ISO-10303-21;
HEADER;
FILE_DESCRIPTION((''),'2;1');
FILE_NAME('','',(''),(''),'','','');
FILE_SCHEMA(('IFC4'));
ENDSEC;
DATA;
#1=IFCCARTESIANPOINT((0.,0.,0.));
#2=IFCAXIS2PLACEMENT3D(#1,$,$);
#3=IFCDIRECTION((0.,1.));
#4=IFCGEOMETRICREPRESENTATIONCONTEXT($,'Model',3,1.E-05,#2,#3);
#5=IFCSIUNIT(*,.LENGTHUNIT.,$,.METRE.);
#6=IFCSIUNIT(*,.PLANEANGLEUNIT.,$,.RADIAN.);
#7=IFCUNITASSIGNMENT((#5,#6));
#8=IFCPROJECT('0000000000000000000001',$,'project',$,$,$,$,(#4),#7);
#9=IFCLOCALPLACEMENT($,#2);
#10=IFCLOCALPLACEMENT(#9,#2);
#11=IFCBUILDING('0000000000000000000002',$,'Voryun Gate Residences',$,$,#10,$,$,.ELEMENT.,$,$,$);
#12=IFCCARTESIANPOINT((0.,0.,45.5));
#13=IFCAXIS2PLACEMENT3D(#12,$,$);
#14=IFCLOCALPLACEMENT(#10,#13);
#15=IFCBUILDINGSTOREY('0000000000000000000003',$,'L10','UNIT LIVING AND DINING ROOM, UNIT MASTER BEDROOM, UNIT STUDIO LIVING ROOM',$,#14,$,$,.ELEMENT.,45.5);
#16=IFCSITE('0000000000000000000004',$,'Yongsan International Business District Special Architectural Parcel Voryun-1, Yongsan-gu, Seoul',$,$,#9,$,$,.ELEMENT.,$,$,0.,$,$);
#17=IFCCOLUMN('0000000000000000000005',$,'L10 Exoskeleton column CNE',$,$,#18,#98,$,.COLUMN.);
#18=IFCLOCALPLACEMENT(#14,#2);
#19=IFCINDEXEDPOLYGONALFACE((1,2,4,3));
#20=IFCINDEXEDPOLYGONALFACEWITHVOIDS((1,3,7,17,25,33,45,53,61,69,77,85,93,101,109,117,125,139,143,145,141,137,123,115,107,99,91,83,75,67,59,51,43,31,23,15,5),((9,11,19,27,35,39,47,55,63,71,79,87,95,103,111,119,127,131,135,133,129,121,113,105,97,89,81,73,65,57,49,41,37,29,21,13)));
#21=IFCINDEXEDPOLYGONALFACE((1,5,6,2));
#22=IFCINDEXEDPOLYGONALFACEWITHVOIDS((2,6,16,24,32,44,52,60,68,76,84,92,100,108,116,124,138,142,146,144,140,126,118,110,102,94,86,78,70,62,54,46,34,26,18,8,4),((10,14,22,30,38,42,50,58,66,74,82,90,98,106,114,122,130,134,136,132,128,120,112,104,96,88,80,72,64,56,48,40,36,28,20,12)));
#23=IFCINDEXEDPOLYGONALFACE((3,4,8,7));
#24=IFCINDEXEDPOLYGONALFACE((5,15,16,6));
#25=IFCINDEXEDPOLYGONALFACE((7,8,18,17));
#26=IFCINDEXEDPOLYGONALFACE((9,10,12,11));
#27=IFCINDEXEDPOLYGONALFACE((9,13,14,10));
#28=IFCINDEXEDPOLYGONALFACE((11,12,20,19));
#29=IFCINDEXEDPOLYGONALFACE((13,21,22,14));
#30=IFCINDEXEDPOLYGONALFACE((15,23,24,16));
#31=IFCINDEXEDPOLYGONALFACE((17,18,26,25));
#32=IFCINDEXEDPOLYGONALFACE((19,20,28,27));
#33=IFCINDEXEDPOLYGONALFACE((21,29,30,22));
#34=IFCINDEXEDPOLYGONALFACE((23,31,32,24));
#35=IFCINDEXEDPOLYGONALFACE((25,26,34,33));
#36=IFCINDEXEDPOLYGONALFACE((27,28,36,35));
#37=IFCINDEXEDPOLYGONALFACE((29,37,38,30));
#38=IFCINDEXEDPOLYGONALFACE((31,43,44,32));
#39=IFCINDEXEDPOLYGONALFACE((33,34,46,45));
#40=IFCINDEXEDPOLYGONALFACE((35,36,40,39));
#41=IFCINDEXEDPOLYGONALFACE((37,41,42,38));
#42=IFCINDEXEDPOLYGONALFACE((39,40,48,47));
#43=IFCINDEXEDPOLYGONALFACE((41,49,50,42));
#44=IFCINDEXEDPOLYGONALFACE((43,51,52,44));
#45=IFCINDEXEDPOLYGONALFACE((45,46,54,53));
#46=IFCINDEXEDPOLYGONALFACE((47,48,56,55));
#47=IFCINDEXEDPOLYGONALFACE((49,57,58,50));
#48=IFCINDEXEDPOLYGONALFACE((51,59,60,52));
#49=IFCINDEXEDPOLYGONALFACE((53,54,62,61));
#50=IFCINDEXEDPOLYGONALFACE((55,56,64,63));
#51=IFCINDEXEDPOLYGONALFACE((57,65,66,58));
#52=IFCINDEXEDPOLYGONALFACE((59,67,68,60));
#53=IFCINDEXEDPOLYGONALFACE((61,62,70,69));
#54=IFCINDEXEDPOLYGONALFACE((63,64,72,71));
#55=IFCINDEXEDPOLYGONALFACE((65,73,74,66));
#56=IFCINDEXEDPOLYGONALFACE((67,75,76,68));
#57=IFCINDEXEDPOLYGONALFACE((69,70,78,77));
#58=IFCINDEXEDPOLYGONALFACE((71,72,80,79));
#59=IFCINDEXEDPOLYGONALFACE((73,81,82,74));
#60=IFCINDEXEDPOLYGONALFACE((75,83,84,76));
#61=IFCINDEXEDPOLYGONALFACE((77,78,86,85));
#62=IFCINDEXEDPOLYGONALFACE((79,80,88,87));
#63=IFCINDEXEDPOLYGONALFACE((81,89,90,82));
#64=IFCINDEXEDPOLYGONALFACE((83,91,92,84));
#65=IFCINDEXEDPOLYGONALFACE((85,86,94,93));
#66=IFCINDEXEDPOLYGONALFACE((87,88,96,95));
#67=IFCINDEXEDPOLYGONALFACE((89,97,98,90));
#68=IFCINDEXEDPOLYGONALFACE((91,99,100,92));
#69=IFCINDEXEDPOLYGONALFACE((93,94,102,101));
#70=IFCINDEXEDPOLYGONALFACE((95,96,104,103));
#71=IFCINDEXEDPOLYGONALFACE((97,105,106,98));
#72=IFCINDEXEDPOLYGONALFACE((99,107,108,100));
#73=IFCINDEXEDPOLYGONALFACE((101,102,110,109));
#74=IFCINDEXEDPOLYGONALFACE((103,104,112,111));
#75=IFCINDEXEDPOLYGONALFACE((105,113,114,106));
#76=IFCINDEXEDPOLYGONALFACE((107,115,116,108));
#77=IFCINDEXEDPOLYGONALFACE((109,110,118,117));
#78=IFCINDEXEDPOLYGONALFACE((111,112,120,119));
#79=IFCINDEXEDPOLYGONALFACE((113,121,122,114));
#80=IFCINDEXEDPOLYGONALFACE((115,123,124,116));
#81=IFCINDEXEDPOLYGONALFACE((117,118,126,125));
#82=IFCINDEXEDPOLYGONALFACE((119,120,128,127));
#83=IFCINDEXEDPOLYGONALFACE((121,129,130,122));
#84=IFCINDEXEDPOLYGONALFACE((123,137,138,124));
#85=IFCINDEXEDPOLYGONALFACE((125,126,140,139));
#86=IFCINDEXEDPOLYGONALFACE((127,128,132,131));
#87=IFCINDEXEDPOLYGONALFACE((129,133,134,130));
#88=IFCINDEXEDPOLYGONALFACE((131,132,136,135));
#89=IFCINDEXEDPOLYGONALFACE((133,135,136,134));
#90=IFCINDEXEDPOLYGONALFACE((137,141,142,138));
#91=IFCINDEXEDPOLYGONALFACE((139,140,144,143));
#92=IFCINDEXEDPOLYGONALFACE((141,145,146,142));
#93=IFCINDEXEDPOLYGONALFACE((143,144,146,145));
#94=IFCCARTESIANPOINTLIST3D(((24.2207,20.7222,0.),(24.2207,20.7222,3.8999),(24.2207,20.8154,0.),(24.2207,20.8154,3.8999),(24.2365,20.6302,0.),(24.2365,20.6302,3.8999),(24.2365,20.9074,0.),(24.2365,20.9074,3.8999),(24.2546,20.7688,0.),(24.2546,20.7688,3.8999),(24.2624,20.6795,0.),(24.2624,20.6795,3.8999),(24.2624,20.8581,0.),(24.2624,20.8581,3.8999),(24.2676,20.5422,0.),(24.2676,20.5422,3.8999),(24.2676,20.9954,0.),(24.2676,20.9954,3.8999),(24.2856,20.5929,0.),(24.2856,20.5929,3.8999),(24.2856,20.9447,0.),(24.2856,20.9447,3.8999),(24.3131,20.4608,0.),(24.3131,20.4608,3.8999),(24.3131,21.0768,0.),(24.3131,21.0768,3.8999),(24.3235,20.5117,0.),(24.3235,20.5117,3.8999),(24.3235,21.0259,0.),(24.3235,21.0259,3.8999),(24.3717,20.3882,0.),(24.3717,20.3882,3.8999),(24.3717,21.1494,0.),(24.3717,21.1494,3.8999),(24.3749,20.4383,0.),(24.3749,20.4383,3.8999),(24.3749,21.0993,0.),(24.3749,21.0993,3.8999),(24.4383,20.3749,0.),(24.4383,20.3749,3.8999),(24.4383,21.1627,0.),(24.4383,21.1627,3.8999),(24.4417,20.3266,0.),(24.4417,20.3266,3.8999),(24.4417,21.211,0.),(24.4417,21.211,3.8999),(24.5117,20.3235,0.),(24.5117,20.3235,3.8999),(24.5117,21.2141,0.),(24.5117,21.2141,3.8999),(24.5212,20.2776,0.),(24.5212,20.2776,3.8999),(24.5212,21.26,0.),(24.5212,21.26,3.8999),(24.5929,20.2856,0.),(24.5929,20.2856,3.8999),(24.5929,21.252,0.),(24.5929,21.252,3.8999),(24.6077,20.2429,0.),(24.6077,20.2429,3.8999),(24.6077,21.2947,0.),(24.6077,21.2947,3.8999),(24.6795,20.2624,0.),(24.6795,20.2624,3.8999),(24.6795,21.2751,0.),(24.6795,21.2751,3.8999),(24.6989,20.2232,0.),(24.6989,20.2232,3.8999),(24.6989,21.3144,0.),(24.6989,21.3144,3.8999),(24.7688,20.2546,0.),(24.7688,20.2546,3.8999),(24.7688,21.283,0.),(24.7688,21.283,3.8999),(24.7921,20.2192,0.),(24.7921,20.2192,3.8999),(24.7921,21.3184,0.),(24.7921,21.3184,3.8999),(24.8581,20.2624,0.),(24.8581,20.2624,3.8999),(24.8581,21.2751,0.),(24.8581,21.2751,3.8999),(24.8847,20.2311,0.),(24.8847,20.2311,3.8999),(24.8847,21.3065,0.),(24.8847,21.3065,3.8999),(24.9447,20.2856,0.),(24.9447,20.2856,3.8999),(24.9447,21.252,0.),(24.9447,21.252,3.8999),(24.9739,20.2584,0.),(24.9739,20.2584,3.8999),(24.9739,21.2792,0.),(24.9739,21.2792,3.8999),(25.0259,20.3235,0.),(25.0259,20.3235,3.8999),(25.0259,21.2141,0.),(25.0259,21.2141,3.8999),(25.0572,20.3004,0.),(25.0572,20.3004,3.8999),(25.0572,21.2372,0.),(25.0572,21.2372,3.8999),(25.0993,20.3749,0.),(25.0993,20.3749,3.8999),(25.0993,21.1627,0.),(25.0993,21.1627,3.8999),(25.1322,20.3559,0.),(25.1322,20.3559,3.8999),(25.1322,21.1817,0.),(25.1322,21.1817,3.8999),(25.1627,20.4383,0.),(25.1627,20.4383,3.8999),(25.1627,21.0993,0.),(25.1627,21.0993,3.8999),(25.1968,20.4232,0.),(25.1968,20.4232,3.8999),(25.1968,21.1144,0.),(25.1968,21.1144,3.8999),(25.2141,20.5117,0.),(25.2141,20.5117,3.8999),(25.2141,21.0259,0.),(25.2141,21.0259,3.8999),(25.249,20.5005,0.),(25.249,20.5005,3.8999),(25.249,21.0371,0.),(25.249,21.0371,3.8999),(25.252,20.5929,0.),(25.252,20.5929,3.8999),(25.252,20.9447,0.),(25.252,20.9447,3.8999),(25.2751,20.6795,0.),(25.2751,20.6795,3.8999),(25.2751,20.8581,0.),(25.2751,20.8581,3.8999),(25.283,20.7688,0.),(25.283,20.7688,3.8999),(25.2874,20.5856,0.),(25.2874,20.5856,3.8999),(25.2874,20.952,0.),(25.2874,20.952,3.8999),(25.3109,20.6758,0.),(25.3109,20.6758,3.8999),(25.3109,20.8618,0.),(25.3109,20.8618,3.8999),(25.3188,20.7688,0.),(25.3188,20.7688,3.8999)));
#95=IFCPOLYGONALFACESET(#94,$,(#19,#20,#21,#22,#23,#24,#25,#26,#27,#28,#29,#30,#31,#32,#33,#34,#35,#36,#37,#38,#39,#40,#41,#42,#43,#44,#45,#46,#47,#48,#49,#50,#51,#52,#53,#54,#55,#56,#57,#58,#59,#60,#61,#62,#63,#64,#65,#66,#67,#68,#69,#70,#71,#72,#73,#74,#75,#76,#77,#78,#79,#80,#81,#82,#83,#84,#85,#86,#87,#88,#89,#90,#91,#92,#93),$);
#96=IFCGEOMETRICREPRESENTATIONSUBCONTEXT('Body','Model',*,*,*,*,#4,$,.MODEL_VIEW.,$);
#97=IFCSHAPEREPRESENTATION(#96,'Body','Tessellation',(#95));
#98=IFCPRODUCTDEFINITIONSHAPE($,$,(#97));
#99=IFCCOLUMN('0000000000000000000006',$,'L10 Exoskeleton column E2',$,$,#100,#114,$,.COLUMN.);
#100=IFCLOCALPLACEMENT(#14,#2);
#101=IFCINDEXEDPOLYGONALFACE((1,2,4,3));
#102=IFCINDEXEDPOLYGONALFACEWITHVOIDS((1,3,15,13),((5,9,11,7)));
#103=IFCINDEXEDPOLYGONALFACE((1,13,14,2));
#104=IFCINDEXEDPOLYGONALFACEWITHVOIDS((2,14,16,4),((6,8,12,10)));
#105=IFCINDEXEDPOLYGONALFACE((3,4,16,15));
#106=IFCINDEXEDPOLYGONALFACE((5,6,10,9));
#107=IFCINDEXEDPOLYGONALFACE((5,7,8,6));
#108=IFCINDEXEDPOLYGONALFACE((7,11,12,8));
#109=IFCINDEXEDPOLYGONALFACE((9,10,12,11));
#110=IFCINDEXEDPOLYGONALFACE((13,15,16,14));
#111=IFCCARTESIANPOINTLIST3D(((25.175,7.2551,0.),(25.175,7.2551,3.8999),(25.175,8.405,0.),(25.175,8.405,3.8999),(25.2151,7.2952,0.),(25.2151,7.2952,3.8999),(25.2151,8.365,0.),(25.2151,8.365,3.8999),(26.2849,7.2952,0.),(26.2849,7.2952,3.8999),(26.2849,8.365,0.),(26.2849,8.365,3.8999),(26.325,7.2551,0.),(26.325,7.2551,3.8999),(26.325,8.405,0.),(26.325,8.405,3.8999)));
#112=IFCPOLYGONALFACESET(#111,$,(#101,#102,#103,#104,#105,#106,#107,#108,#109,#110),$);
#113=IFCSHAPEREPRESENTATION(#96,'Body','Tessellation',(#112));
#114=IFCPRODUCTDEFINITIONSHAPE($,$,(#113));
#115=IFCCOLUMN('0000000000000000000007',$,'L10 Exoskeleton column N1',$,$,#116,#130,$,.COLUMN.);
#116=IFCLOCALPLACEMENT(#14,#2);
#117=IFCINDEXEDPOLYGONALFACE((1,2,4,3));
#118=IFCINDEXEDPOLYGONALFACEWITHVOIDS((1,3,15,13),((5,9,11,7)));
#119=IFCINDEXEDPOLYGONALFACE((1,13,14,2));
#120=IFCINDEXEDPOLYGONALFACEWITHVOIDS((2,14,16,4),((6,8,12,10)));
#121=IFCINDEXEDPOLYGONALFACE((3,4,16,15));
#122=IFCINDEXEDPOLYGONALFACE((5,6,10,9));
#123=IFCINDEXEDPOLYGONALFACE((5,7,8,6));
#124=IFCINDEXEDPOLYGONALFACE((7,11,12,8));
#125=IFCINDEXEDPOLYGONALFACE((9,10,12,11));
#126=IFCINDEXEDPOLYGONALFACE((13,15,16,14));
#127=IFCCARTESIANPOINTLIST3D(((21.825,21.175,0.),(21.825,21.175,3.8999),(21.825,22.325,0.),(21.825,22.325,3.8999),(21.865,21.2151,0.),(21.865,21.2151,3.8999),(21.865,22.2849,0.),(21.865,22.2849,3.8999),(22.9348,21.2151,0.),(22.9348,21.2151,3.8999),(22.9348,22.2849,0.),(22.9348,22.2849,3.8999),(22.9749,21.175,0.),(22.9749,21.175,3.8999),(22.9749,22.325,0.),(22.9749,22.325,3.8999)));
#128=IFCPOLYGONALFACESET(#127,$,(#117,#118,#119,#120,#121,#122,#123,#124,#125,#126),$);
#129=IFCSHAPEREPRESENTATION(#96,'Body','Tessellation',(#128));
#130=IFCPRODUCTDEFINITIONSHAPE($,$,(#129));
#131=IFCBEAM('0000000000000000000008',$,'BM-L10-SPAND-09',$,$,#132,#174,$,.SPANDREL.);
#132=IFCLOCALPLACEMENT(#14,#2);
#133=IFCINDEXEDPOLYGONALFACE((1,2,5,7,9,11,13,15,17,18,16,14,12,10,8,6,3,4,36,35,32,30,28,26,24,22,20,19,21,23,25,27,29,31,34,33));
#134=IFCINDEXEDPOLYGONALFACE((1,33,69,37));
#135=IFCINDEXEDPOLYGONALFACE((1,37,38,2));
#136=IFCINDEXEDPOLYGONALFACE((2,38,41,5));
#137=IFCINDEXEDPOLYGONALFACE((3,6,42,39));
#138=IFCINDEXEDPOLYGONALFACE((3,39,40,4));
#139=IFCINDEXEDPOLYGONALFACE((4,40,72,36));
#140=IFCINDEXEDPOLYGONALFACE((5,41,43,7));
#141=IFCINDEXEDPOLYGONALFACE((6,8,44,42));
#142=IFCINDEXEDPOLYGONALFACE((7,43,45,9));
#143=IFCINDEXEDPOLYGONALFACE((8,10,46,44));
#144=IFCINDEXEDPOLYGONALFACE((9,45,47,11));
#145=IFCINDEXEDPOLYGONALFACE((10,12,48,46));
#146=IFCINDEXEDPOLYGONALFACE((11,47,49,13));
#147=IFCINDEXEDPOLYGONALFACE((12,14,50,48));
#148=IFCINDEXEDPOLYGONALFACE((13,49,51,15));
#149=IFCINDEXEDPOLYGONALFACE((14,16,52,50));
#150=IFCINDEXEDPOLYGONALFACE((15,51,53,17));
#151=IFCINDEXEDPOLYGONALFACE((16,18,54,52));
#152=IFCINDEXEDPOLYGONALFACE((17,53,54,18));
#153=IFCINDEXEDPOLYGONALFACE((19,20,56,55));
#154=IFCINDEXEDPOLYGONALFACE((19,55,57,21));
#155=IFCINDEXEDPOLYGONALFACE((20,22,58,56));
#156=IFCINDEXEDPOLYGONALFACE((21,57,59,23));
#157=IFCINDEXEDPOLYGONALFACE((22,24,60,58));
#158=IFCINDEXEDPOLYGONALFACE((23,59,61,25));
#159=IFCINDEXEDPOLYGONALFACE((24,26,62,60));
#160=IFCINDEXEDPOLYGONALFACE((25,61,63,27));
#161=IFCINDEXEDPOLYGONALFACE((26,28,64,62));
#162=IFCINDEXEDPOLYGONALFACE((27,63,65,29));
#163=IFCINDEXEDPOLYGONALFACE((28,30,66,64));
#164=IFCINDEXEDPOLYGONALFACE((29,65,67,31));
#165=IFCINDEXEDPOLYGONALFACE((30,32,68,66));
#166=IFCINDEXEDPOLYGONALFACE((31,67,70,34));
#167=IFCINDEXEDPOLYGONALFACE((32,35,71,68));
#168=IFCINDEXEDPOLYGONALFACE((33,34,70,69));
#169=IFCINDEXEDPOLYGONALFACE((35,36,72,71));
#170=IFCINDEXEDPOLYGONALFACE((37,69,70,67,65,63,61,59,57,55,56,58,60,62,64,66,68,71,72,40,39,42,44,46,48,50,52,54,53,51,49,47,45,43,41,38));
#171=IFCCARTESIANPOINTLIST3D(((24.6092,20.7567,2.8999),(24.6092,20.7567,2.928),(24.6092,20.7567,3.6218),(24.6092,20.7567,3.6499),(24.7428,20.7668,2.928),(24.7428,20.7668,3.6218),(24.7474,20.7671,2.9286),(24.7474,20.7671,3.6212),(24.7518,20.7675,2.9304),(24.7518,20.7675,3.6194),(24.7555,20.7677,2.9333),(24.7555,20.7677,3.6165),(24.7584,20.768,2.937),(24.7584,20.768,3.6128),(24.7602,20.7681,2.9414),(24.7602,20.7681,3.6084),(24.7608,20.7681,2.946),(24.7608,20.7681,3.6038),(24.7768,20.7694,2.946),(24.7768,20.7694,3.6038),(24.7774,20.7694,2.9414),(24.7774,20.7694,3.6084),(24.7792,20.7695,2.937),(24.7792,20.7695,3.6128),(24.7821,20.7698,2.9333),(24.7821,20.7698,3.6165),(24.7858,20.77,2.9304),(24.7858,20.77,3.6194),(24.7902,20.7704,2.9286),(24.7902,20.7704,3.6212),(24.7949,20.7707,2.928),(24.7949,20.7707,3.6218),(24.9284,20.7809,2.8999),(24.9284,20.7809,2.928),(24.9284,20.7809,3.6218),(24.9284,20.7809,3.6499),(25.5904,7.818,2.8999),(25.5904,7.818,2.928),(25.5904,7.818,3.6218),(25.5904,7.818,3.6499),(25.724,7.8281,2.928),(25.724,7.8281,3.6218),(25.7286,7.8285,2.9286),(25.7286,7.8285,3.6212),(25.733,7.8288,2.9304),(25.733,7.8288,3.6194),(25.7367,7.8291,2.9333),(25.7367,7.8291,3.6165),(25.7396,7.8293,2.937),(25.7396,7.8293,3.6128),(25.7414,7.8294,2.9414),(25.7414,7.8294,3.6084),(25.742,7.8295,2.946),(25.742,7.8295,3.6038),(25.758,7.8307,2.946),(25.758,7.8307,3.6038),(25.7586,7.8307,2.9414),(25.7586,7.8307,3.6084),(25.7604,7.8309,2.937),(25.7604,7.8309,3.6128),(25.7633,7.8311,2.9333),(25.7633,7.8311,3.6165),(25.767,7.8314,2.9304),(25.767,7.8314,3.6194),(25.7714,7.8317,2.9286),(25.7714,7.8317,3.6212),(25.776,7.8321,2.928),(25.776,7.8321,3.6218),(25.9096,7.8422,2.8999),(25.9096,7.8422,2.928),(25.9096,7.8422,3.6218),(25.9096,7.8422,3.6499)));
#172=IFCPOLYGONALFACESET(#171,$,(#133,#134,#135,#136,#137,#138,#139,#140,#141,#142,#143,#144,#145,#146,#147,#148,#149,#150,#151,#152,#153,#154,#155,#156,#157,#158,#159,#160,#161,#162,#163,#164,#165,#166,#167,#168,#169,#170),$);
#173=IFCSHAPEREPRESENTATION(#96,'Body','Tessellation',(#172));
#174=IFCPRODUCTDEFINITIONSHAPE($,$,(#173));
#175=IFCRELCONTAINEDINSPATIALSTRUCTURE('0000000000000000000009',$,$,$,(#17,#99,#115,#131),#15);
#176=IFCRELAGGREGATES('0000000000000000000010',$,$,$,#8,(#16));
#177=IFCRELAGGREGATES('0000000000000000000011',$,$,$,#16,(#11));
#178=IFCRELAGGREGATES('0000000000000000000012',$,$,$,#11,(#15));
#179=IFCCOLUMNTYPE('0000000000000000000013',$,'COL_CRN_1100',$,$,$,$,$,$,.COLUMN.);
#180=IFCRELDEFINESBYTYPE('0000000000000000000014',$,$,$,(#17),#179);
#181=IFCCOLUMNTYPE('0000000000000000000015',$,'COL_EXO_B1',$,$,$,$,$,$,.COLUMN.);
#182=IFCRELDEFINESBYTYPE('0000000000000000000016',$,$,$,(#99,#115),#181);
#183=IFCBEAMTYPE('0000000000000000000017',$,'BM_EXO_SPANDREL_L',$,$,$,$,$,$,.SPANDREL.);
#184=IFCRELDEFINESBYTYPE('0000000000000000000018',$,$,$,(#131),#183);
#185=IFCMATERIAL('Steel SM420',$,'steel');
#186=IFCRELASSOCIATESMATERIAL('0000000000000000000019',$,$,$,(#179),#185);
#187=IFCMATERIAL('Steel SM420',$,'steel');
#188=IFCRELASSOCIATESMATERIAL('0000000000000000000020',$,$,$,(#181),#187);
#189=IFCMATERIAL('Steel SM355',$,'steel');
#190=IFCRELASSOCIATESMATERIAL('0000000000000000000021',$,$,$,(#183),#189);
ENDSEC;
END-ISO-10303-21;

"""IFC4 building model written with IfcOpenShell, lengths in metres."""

from ifc_helpers import new_model, si_unit, direction, frame, origin, origin_2d, place, context, subcontext, project, spatial, hollow_rectangle, hollow_circle, i_section, extrude, material, material_profile, profile_set, type_object, element, save


model = new_model("IFC4")

# Units and contexts
model_context = context("Model", 3, precision=1e-05, world=origin(), true_north=direction((0.0, 1.0)))
body_context = subcontext(model_context, "Body", "Model", "MODEL_VIEW")
ifc_project = project(units=[si_unit("LENGTHUNIT", "METRE"), si_unit("PLANEANGLEUNIT", "RADIAN")], contexts=[model_context])

# Site, building, storey
site_placement = place(None, origin())
site = spatial("IfcSite", under=ifc_project, at=site_placement, Name="Yongsan International Business District Special Architectural Parcel Voryun-1, Yongsan-gu, Seoul", CompositionType="ELEMENT", RefElevation=0.0)
building_placement = place(site_placement, origin())
building = spatial("IfcBuilding", under=site, at=building_placement, Name="Voryun Gate Residences", CompositionType="ELEMENT")
storey_placement = place(building_placement, frame((0.0, 0.0, 45.5)))
storey = spatial("IfcBuildingStorey", under=building, at=storey_placement, Name="L10", Description="UNIT LIVING AND DINING ROOM, UNIT MASTER BEDROOM, UNIT STUDIO LIVING ROOM", CompositionType="ELEMENT", Elevation=45.5)

# Columns
ifc_material_1 = material(Name="Steel SM420", Category="steel")
ifc_material_profile_1 = material_profile(ifc_material_1, hollow_circle(Radius=0.55, WallThickness=0.0359, at=origin_2d()), Name="CHS-1100x36")
ifc_profile_set_1 = profile_set([ifc_material_profile_1], Name="Steel SM420")
column_type_1 = type_object("IfcColumnType", Name="COL_CRN_1100", PredefinedType="COLUMN", material=ifc_profile_set_1)
column_placement = place(storey_placement, frame((24.7688, 20.7688, 0.0), z_axis=(0.0, 0.0, 1.0), x_axis=(1.0, 0.0, 0.0)))
element("IfcColumn", 1, at=column_placement, inside=storey, type_object=column_type_1, Name="L10 Exoskeleton column CNE", PredefinedType="COLUMN", context=body_context, shape_type="SweptSolid", body=[
    extrude(hollow_circle(Radius=0.55, WallThickness=0.0359, at=origin_2d()), origin(), (0.0, 0.0, 1.0), 3.8999),
])
ifc_material_2 = material(Name="Steel SM420", Category="steel")
ifc_material_profile_2 = material_profile(ifc_material_2, hollow_rectangle(XDim=1.1499, YDim=1.1499, WallThickness=0.04, at=origin_2d()), Name="BOX-1150x1150x40")
ifc_profile_set_2 = profile_set([ifc_material_profile_2], Name="Steel SM420")
column_type_2 = type_object("IfcColumnType", Name="COL_EXO_B1", PredefinedType="COLUMN", material=ifc_profile_set_2)
for number, where, z_axis, x_axis, name in (
    (2, (25.75, 7.8301, 0.0), (0.0, 0.0, 1.0), (1.0, 0.0, 0.0), "L10 Exoskeleton column E2"),
    (3, (22.3999, 21.75, 0.0), (0.0, 0.0, 1.0), (1.0, 0.0, 0.0), "L10 Exoskeleton column N1"),
):
    element("IfcColumn", number, at=place(storey_placement, frame(where, z_axis=z_axis, x_axis=x_axis)), inside=storey, type_object=column_type_2, Name=name, PredefinedType="COLUMN", context=body_context, shape_type="SweptSolid", body=[
        extrude(hollow_rectangle(XDim=1.1499, YDim=1.1499, WallThickness=0.04, at=origin_2d()), origin(), (0.0, 0.0, 1.0), 3.8999),
    ])

# Beam
ifc_material_3 = material(Name="Steel SM355", Category="steel")
ifc_material_profile_3 = material_profile(ifc_material_3, i_section(OverallWidth=0.3201, OverallDepth=0.75, WebThickness=0.0161, FlangeThickness=0.0281, FilletRadius=0.0181, at=origin_2d()), Name="H-750x320x16x28")
ifc_profile_set_3 = profile_set([ifc_material_profile_3], Name="Steel SM355")
beam_type = type_object("IfcBeamType", Name="BM_EXO_SPANDREL_L", PredefinedType="SPANDREL", material=ifc_profile_set_3)
beam_1_placement = place(storey_placement, frame((25.75, 7.8301, 3.2749), z_axis=(-0.075617, 0.997137, 0.0), x_axis=(-0.997137, -0.075617, 0.0)))
element("IfcBeam", 4, at=beam_1_placement, inside=storey, type_object=beam_type, Name="BM-L10-SPAND-09", PredefinedType="SPANDREL", context=body_context, shape_type="SweptSolid", body=[
    extrude(i_section(OverallWidth=0.3201, OverallDepth=0.75, WebThickness=0.0161, FlangeThickness=0.0281, FilletRadius=0.0181, at=origin_2d()), origin(), (0.0, 0.0, 1.0), 12.9758),
])

save(model, "model.ifc")
